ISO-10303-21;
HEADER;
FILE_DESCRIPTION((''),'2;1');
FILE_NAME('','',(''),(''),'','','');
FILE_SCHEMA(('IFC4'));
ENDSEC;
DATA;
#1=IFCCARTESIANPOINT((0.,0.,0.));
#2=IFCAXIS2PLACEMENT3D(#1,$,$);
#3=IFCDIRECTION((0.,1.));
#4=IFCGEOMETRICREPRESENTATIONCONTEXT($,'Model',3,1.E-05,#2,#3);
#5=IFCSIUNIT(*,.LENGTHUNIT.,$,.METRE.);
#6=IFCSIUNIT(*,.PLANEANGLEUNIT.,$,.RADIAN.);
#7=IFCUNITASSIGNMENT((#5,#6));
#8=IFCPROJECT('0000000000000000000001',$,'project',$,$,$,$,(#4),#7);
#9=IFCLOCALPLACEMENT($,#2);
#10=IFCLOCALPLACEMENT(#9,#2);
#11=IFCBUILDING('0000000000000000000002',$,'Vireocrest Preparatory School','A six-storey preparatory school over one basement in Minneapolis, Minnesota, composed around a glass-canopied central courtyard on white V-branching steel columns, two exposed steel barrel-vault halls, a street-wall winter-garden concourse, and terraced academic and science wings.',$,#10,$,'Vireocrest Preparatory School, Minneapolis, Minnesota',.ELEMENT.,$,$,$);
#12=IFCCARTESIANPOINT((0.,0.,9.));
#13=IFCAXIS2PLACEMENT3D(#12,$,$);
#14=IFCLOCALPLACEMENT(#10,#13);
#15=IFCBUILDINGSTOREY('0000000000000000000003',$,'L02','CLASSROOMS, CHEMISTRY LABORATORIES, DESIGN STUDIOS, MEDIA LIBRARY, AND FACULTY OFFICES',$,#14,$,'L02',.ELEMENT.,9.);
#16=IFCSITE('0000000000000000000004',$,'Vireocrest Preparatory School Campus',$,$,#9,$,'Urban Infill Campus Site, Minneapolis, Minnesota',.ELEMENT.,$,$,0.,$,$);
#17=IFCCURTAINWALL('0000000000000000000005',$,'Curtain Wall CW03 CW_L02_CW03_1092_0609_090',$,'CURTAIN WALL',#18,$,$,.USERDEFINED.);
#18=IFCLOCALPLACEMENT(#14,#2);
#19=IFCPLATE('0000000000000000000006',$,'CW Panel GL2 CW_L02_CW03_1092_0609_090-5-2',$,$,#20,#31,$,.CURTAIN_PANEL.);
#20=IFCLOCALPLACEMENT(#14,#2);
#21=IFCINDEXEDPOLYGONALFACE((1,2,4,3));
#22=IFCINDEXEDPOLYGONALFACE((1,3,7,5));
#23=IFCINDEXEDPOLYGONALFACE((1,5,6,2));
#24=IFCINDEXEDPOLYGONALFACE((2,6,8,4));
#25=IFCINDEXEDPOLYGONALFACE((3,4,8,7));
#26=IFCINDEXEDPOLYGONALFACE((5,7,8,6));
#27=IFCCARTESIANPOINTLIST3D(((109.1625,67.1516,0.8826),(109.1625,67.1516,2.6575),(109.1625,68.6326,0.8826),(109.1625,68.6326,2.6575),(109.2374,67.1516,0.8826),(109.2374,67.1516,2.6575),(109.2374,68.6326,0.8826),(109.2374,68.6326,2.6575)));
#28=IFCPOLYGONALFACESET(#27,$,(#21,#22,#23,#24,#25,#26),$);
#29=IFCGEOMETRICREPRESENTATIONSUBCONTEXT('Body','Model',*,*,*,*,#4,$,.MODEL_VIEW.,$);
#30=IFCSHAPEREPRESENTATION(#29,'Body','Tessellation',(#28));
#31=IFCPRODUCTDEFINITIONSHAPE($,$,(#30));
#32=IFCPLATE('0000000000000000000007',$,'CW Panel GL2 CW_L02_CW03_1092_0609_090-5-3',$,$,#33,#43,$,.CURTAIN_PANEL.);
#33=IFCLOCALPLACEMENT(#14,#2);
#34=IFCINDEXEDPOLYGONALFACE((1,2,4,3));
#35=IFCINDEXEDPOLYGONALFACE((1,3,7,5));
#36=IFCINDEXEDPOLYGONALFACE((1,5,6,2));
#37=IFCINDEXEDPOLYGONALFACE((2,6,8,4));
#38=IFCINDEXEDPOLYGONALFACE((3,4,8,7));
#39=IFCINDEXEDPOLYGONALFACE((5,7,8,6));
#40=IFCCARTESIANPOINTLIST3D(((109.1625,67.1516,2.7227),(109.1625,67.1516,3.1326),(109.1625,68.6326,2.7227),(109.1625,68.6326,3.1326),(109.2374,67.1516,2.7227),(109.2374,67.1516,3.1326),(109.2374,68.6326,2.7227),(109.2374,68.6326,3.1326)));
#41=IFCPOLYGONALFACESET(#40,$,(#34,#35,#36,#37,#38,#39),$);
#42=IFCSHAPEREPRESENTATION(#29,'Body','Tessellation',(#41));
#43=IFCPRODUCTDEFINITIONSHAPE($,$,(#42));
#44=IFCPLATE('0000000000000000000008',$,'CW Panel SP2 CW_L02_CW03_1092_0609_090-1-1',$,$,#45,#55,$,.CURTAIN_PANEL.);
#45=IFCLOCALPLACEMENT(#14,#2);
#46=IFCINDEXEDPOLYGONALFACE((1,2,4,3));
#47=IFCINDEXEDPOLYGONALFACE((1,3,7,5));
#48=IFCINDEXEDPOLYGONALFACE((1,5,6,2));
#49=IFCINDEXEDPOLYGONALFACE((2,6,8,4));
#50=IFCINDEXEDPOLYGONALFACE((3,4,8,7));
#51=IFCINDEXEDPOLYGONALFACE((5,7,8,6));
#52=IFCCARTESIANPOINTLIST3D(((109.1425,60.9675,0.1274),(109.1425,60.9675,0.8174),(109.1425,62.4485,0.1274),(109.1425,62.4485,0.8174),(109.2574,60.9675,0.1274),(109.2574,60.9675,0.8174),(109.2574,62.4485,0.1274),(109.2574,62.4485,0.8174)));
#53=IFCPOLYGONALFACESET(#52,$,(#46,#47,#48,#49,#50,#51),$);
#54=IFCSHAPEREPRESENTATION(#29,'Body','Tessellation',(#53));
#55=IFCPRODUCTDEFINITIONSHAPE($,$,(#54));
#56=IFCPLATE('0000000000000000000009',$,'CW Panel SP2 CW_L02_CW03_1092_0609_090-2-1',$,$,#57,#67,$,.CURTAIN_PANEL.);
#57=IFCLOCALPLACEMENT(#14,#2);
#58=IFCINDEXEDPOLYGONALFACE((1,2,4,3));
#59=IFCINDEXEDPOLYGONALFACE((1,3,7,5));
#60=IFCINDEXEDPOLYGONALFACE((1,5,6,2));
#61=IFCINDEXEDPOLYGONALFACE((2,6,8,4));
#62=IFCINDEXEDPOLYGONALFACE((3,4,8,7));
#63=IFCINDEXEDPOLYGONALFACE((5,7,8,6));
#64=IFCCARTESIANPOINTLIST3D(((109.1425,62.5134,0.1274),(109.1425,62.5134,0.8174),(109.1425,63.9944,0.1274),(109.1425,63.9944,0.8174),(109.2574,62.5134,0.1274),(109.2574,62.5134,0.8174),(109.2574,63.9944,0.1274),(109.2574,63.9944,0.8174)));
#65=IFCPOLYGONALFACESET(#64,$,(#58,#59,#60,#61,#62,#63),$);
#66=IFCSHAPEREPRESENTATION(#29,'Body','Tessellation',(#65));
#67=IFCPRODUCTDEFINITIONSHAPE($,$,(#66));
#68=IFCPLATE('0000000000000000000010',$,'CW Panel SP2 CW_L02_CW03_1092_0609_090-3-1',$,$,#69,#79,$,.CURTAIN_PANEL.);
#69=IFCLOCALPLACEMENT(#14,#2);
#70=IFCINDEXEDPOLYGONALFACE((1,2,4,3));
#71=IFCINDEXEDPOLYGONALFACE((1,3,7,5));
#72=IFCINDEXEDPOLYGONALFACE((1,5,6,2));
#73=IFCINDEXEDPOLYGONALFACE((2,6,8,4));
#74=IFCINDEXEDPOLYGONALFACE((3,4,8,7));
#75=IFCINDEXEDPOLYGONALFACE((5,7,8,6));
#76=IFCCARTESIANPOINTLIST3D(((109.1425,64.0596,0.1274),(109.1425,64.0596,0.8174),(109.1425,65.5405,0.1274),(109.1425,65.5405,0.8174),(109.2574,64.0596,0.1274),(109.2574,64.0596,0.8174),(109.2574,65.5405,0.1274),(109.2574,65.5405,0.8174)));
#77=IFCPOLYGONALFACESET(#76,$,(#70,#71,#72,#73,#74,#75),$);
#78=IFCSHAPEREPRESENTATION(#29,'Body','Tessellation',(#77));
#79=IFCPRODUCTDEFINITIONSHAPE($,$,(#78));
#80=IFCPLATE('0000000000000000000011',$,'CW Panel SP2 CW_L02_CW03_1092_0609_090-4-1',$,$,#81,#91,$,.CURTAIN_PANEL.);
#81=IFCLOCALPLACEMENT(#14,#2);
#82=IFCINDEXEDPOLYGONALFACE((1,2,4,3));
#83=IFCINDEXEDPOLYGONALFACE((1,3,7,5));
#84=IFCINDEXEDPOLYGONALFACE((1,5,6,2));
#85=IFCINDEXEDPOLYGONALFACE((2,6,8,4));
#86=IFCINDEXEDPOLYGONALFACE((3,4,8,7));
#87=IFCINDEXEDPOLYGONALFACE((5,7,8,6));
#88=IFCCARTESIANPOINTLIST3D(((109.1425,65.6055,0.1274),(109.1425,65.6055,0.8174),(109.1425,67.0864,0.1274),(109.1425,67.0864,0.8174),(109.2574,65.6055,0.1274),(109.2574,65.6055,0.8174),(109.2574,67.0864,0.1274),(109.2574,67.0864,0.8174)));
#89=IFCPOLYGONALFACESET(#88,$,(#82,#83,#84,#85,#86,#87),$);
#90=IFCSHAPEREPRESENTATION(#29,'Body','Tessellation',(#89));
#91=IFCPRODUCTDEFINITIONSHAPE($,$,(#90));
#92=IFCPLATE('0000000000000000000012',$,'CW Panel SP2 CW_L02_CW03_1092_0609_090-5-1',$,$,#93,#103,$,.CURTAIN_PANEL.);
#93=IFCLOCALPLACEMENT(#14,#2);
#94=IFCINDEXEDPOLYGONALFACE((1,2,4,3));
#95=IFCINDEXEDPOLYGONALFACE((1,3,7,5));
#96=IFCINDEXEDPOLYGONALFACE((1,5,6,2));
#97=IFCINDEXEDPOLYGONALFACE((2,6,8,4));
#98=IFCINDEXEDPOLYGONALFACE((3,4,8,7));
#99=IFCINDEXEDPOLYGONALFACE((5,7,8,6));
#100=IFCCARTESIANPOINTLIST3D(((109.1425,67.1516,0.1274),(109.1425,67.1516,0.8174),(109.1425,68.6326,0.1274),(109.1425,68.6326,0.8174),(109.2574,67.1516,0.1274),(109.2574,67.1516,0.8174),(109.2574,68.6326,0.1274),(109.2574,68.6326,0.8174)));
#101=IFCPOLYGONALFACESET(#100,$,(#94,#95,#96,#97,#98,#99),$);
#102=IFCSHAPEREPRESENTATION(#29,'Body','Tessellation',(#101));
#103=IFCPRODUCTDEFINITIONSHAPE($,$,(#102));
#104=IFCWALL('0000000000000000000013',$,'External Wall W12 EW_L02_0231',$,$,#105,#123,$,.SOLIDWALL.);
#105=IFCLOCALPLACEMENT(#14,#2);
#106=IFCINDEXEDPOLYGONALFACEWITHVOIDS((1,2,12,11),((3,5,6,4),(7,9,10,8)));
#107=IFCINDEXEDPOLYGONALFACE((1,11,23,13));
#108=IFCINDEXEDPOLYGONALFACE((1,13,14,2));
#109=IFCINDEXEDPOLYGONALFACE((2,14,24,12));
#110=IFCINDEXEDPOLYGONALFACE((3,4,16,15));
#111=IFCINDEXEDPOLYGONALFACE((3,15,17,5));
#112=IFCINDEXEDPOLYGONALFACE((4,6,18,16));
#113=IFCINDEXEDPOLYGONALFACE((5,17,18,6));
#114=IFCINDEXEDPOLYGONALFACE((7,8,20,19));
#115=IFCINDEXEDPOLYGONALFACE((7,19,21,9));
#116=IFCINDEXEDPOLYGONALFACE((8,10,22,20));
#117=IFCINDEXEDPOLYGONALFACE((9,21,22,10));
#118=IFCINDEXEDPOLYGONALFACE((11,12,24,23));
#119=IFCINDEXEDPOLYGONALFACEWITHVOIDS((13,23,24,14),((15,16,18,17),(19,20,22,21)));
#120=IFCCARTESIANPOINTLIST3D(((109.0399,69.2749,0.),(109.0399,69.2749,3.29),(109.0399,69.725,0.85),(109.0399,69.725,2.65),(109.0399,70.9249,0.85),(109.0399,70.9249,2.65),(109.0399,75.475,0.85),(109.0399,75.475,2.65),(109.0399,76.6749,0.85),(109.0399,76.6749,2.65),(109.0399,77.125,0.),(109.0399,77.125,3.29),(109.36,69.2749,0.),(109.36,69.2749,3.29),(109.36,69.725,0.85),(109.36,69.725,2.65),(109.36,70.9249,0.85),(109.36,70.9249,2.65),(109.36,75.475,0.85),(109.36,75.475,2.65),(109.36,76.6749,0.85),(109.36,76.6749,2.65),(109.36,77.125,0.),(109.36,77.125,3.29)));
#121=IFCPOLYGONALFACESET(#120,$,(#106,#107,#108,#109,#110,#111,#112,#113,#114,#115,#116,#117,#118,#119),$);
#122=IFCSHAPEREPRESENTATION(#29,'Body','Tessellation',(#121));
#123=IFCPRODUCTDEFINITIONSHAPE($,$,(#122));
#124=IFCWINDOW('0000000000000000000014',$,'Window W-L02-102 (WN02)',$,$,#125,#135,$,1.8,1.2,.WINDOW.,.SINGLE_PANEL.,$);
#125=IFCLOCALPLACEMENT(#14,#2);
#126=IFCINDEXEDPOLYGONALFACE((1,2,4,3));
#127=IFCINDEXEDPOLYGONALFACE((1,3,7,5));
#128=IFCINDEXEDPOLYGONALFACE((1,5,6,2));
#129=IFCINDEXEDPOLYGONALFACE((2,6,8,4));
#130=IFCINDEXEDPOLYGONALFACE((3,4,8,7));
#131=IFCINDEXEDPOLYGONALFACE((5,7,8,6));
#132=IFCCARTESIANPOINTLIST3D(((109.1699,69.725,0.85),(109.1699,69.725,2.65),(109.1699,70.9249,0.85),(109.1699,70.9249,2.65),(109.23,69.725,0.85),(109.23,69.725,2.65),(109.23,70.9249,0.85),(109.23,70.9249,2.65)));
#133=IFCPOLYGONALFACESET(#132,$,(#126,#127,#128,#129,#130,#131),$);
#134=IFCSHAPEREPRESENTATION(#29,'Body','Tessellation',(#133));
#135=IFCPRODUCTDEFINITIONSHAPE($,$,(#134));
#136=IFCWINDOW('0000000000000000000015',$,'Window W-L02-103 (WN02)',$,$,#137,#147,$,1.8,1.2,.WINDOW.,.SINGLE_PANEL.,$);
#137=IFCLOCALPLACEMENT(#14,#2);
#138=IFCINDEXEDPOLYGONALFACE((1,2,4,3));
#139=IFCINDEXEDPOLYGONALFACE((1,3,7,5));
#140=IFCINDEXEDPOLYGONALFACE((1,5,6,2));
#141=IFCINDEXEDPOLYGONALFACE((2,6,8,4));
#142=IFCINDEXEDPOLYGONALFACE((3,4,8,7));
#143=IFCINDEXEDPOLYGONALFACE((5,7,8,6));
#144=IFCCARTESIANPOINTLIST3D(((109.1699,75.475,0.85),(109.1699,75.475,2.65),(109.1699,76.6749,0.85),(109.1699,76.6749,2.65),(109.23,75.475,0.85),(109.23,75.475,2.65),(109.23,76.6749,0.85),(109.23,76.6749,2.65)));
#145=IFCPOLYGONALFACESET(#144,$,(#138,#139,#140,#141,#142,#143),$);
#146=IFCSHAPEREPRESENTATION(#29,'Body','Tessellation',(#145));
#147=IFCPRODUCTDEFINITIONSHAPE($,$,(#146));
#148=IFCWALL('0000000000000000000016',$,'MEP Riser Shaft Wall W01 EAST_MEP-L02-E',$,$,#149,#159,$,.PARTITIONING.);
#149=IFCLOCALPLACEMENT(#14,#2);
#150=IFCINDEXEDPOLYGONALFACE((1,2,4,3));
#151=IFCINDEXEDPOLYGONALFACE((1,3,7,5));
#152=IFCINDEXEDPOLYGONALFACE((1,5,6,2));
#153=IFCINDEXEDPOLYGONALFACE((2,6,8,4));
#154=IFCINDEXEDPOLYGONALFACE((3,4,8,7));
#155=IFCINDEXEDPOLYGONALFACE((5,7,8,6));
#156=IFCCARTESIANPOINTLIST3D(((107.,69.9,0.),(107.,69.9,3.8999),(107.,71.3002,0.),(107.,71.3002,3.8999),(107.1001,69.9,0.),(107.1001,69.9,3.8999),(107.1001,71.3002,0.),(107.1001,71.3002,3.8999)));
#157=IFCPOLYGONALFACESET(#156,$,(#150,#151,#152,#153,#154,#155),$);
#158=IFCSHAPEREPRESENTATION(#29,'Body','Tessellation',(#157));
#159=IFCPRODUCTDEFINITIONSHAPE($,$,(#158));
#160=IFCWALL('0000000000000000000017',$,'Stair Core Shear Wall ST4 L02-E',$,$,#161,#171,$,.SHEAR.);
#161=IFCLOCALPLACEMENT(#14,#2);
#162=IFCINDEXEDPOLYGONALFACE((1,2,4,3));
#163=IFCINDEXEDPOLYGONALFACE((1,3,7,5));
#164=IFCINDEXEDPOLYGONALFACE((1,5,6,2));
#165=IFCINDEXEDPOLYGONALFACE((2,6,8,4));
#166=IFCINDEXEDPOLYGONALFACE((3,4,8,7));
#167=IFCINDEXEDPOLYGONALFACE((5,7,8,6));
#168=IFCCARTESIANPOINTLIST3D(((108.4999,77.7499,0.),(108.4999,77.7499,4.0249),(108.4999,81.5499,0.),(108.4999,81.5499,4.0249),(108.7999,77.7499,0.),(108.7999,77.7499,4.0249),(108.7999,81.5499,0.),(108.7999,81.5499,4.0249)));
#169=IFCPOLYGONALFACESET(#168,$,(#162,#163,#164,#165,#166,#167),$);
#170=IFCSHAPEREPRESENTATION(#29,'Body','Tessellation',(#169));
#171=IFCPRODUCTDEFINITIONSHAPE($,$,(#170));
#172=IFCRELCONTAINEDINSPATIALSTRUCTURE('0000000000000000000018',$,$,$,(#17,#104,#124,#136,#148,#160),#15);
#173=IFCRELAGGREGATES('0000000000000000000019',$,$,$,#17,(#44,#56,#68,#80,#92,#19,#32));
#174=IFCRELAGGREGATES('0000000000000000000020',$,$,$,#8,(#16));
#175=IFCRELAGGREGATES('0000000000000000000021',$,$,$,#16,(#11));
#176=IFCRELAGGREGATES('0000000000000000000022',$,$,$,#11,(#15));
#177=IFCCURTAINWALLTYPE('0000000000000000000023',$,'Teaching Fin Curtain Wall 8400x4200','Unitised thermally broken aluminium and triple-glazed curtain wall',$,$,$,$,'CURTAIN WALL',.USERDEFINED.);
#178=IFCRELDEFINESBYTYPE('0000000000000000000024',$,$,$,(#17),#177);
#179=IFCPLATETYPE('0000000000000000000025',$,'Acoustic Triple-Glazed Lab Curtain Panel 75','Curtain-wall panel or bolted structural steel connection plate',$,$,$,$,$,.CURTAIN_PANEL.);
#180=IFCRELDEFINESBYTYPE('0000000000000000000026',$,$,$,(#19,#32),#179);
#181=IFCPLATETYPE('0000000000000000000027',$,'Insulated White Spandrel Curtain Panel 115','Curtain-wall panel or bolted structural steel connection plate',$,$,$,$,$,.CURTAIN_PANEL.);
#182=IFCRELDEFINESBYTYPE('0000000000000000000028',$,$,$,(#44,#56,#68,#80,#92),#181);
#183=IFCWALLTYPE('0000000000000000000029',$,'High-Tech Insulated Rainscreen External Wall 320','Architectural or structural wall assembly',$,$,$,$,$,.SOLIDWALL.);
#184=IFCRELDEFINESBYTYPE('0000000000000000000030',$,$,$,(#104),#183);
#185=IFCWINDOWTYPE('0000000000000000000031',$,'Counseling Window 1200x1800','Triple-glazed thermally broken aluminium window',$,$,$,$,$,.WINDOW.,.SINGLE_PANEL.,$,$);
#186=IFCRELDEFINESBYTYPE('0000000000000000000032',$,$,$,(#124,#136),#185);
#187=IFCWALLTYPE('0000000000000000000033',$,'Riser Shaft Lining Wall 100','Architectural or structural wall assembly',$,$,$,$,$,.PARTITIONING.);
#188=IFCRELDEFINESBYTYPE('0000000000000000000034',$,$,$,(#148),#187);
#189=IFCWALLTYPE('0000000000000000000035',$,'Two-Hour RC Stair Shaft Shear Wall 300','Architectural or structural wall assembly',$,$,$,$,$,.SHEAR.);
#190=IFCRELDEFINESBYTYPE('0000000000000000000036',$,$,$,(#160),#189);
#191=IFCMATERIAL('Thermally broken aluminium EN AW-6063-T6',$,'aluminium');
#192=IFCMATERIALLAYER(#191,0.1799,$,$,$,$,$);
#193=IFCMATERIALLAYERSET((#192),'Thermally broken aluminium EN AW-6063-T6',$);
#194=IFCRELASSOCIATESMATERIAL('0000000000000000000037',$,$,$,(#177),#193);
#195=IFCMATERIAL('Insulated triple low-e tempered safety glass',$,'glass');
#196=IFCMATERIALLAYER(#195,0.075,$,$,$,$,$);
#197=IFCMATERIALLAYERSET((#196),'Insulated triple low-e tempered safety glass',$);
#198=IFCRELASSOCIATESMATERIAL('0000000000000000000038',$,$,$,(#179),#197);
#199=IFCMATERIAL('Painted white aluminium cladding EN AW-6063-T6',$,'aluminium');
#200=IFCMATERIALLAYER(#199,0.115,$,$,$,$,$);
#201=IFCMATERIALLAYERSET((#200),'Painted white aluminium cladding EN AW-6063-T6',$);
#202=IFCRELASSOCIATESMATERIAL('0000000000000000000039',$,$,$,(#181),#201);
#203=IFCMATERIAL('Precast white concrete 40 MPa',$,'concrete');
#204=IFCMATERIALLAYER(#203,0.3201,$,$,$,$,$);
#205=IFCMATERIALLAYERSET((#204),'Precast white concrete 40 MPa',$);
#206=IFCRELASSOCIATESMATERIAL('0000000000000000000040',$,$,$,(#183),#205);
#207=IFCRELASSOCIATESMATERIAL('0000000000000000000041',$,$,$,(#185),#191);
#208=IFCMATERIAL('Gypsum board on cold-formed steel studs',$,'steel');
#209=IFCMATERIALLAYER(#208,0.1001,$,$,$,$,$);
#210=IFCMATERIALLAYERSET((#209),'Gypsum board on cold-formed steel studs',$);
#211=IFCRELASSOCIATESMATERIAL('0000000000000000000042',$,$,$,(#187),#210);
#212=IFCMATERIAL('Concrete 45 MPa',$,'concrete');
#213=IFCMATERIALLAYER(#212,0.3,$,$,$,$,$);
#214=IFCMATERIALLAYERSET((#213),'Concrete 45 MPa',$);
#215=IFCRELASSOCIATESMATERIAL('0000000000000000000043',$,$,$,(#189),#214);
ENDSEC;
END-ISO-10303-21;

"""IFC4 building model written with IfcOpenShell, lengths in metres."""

from ifc_helpers import new_model, si_unit, direction, frame, frame_2d, origin, origin_2d, place, context, subcontext, project, spatial, rectangle, extrude, material, layer, layer_set, type_object, element, fill, aggregate, save


model = new_model("IFC4")

# Units and contexts
model_context = context("Model", 3, precision=1e-05, world=origin(), true_north=direction((0.0, 1.0)))
body_context = subcontext(model_context, "Body", "Model", "MODEL_VIEW")
ifc_project = project(units=[si_unit("LENGTHUNIT", "METRE"), si_unit("PLANEANGLEUNIT", "RADIAN")], contexts=[model_context])

# Site, building, storey
site_placement = place(None, origin())
site = spatial("IfcSite", under=ifc_project, at=site_placement, Name="Vireocrest Preparatory School Campus", LongName="Urban Infill Campus Site, Minneapolis, Minnesota", CompositionType="ELEMENT", RefElevation=0.0)
building_placement = place(site_placement, origin())
building = spatial("IfcBuilding", under=site, at=building_placement, Name="Vireocrest Preparatory School", Description="A six-storey preparatory school over one basement in Minneapolis, Minnesota, composed around a glass-canopied central courtyard on white V-branching steel columns, two exposed steel barrel-vault halls, a street-wall winter-garden concourse, and terraced academic and science wings.", LongName="Vireocrest Preparatory School, Minneapolis, Minnesota", CompositionType="ELEMENT")
storey_placement = place(building_placement, frame((0.0, 0.0, 9.0)))
storey = spatial("IfcBuildingStorey", under=building, at=storey_placement, Name="L02", Description="CLASSROOMS, CHEMISTRY LABORATORIES, DESIGN STUDIOS, MEDIA LIBRARY, AND FACULTY OFFICES", LongName="L02", CompositionType="ELEMENT", Elevation=9.0)

# Shared definitions
ifc_material_1 = material(Name="Concrete 45 MPa", Category="concrete")

# Curtain wall
ifc_material_2 = material(Name="Thermally broken aluminium EN AW-6063-T6", Category="aluminium")
ifc_layer_1 = layer(ifc_material_2, 0.1799)
ifc_layer_set_1 = layer_set([ifc_layer_1], Name="Thermally broken aluminium EN AW-6063-T6")
curtain_wall_type = type_object("IfcCurtainWallType", Name="Teaching Fin Curtain Wall 8400x4200", Description="Unitised thermally broken aluminium and triple-glazed curtain wall", ElementType="CURTAIN WALL", PredefinedType="USERDEFINED", material=ifc_layer_set_1)
curtain_wall_1_placement = place(storey_placement, origin())
curtain_wall_1 = element("IfcCurtainWall", 1, at=curtain_wall_1_placement, inside=storey, type_object=curtain_wall_type, Name="Curtain Wall CW03 CW_L02_CW03_1092_0609_090", ObjectType="CURTAIN WALL", PredefinedType="USERDEFINED")

# Plates
ifc_material_3 = material(Name="Insulated triple low-e tempered safety glass", Category="glass")
ifc_layer_2 = layer(ifc_material_3, 0.075)
ifc_layer_set_2 = layer_set([ifc_layer_2], Name="Insulated triple low-e tempered safety glass")
plate_type_1 = type_object("IfcPlateType", Name="Acoustic Triple-Glazed Lab Curtain Panel 75", Description="Curtain-wall panel or bolted structural steel connection plate", PredefinedType="CURTAIN_PANEL", material=ifc_layer_set_2)
plate_1_placement = place(storey_placement, frame((109.2, 67.8921, 0.8826), z_axis=(0.0, 0.0, 1.0), x_axis=(0.0, 1.0, 0.0)))
plate_1 = element("IfcPlate", 2, at=plate_1_placement, type_object=plate_type_1, Name="CW Panel GL2 CW_L02_CW03_1092_0609_090-5-2", PredefinedType="CURTAIN_PANEL", context=body_context, shape_type="SweptSolid", body=[
    extrude(rectangle(XDim=1.481, YDim=0.075, at=origin_2d()), origin(), (0.0, 0.0, 1.0), 1.7749),
])
plate_2_placement = place(storey_placement, frame((109.2, 67.8921, 2.7227), z_axis=(0.0, 0.0, 1.0), x_axis=(0.0, 1.0, 0.0)))
plate_2 = element("IfcPlate", 3, at=plate_2_placement, type_object=plate_type_1, Name="CW Panel GL2 CW_L02_CW03_1092_0609_090-5-3", PredefinedType="CURTAIN_PANEL", context=body_context, shape_type="SweptSolid", body=[
    extrude(rectangle(XDim=1.481, YDim=0.075, at=origin_2d()), origin(), (0.0, 0.0, 1.0), 0.4099),
])
ifc_material_4 = material(Name="Painted white aluminium cladding EN AW-6063-T6", Category="aluminium")
ifc_layer_3 = layer(ifc_material_4, 0.115)
ifc_layer_set_3 = layer_set([ifc_layer_3], Name="Painted white aluminium cladding EN AW-6063-T6")
plate_type_2 = type_object("IfcPlateType", Name="Insulated White Spandrel Curtain Panel 115", Description="Curtain-wall panel or bolted structural steel connection plate", PredefinedType="CURTAIN_PANEL", material=ifc_layer_set_3)
plate_3_placement = place(storey_placement, frame((109.2, 61.708, 0.1274), z_axis=(0.0, 0.0, 1.0), x_axis=(0.0, 1.0, 0.0)))
plate_3 = element("IfcPlate", 4, at=plate_3_placement, type_object=plate_type_2, Name="CW Panel SP2 CW_L02_CW03_1092_0609_090-1-1", PredefinedType="CURTAIN_PANEL", context=body_context, shape_type="SweptSolid", body=[
    extrude(rectangle(XDim=1.481, YDim=0.115, at=origin_2d()), origin(), (0.0, 0.0, 1.0), 0.6899),
])
plate_4_placement = place(storey_placement, frame((109.2, 63.2539, 0.1274), z_axis=(0.0, 0.0, 1.0), x_axis=(0.0, 1.0, 0.0)))
plate_4 = element("IfcPlate", 5, at=plate_4_placement, type_object=plate_type_2, Name="CW Panel SP2 CW_L02_CW03_1092_0609_090-2-1", PredefinedType="CURTAIN_PANEL", context=body_context, shape_type="SweptSolid", body=[
    extrude(rectangle(XDim=1.481, YDim=0.115, at=origin_2d()), origin(), (0.0, 0.0, 1.0), 0.6899),
])
plate_5_placement = place(storey_placement, frame((109.2, 64.8, 0.1274), z_axis=(0.0, 0.0, 1.0), x_axis=(0.0, 1.0, 0.0)))
plate_5 = element("IfcPlate", 6, at=plate_5_placement, type_object=plate_type_2, Name="CW Panel SP2 CW_L02_CW03_1092_0609_090-3-1", PredefinedType="CURTAIN_PANEL", context=body_context, shape_type="SweptSolid", body=[
    extrude(rectangle(XDim=1.481, YDim=0.115, at=origin_2d()), origin(), (0.0, 0.0, 1.0), 0.6899),
])
plate_6_placement = place(storey_placement, frame((109.2, 66.3459, 0.1274), z_axis=(0.0, 0.0, 1.0), x_axis=(0.0, 1.0, 0.0)))
plate_6 = element("IfcPlate", 7, at=plate_6_placement, type_object=plate_type_2, Name="CW Panel SP2 CW_L02_CW03_1092_0609_090-4-1", PredefinedType="CURTAIN_PANEL", context=body_context, shape_type="SweptSolid", body=[
    extrude(rectangle(XDim=1.481, YDim=0.115, at=origin_2d()), origin(), (0.0, 0.0, 1.0), 0.6899),
])
plate_7_placement = place(storey_placement, frame((109.2, 67.8921, 0.1274), z_axis=(0.0, 0.0, 1.0), x_axis=(0.0, 1.0, 0.0)))
plate_7 = element("IfcPlate", 8, at=plate_7_placement, type_object=plate_type_2, Name="CW Panel SP2 CW_L02_CW03_1092_0609_090-5-1", PredefinedType="CURTAIN_PANEL", context=body_context, shape_type="SweptSolid", body=[
    extrude(rectangle(XDim=1.481, YDim=0.115, at=origin_2d()), origin(), (0.0, 0.0, 1.0), 0.6899),
])
aggregate(curtain_wall_1, [plate_3, plate_4, plate_5, plate_6, plate_7, plate_1, plate_2])

# Wall, openings, windows
ifc_material_5 = material(Name="Precast white concrete 40 MPa", Category="concrete")
ifc_layer_4 = layer(ifc_material_5, 0.3201)
ifc_layer_set_4 = layer_set([ifc_layer_4], Name="Precast white concrete 40 MPa")
wall_type_1 = type_object("IfcWallType", Name="High-Tech Insulated Rainscreen External Wall 320", Description="Architectural or structural wall assembly", PredefinedType="SOLIDWALL", material=ifc_layer_set_4)
wall_1_placement = place(storey_placement, frame((109.2, 69.2749, 0.0), z_axis=(0.0, 0.0, 1.0), x_axis=(0.0, 1.0, 0.0)))
wall_1 = element("IfcWall", 9, at=wall_1_placement, inside=storey, type_object=wall_type_1, Name="External Wall W12 EW_L02_0231", PredefinedType="SOLIDWALL", context=body_context, shape_type="SweptSolid", body=[
    extrude(rectangle(XDim=7.8501, YDim=0.3201, at=frame_2d((3.925, 0.0))), origin(), (0.0, 0.0, 1.0), 3.29),
])
opening_1_placement = place(wall_1_placement, frame((0.45, 0.0, 0.8501)))
opening_1 = element("IfcOpeningElement", 10, at=opening_1_placement, cuts=wall_1, PredefinedType="OPENING", context=body_context, shape_type="SweptSolid", body=[
    extrude(rectangle(XDim=1.2, YDim=1.8, at=frame_2d((0.6001, 0.8999))), frame((0.0, 0.1699, 0.0), z_axis=(0.0, -1.0, 0.0), x_axis=(1.0, 0.0, 0.0)), (0.0, 0.0, 1.0), 0.3401),
])
opening_2_placement = place(wall_1_placement, frame((6.2, 0.0, 0.8501)))
opening_2 = element("IfcOpeningElement", 11, at=opening_2_placement, cuts=wall_1, PredefinedType="OPENING", context=body_context, shape_type="SweptSolid", body=[
    extrude(rectangle(XDim=1.2, YDim=1.8, at=frame_2d((0.6001, 0.8999))), frame((0.0, 0.1699, 0.0), z_axis=(0.0, -1.0, 0.0), x_axis=(1.0, 0.0, 0.0)), (0.0, 0.0, 1.0), 0.3401),
])
window_type = type_object("IfcWindowType", Name="Counseling Window 1200x1800", Description="Triple-glazed thermally broken aluminium window", PartitioningType="SINGLE_PANEL", PredefinedType="WINDOW", material=ifc_material_2)
window_1_placement = place(opening_1_placement, origin())
window_1 = element("IfcWindow", 12, at=window_1_placement, inside=storey, type_object=window_type, Name="Window W-L02-102 (WN02)", OverallHeight=1.8, OverallWidth=1.2, PartitioningType="SINGLE_PANEL", PredefinedType="WINDOW", context=body_context, shape_type="SweptSolid", body=[
    extrude(rectangle(XDim=1.2, YDim=1.8, at=frame_2d((0.6001, 0.8999))), frame((0.0, 0.03, 0.0), z_axis=(0.0, -1.0, 0.0), x_axis=(1.0, 0.0, 0.0)), (0.0, 0.0, 1.0), 0.0601),
])
fill(opening_1, window_1)
window_2_placement = place(opening_2_placement, origin())
window_2 = element("IfcWindow", 13, at=window_2_placement, inside=storey, type_object=window_type, Name="Window W-L02-103 (WN02)", OverallHeight=1.8, OverallWidth=1.2, PartitioningType="SINGLE_PANEL", PredefinedType="WINDOW", context=body_context, shape_type="SweptSolid", body=[
    extrude(rectangle(XDim=1.2, YDim=1.8, at=frame_2d((0.6001, 0.8999))), frame((0.0, 0.03, 0.0), z_axis=(0.0, -1.0, 0.0), x_axis=(1.0, 0.0, 0.0)), (0.0, 0.0, 1.0), 0.0601),
])
fill(opening_2, window_2)

# Walls
ifc_material_6 = material(Name="Gypsum board on cold-formed steel studs", Category="steel")
ifc_layer_5 = layer(ifc_material_6, 0.1001)
ifc_layer_set_5 = layer_set([ifc_layer_5], Name="Gypsum board on cold-formed steel studs")
wall_type_2 = type_object("IfcWallType", Name="Riser Shaft Lining Wall 100", Description="Architectural or structural wall assembly", PredefinedType="PARTITIONING", material=ifc_layer_set_5)
wall_2_placement = place(storey_placement, frame((107.05, 69.8999, 0.0), z_axis=(0.0, 0.0, 1.0), x_axis=(0.0, 1.0, 0.0)))
element("IfcWall", 14, at=wall_2_placement, inside=storey, type_object=wall_type_2, Name="MEP Riser Shaft Wall W01 EAST_MEP-L02-E", PredefinedType="PARTITIONING", context=body_context, shape_type="SweptSolid", body=[
    extrude(rectangle(XDim=1.4001, YDim=0.1001, at=frame_2d((0.7002, 0.0))), origin(), (0.0, 0.0, 1.0), 3.8999),
])
ifc_layer_6 = layer(ifc_material_1, 0.3)
ifc_layer_set_6 = layer_set([ifc_layer_6], Name="Concrete 45 MPa")
wall_type_3 = type_object("IfcWallType", Name="Two-Hour RC Stair Shaft Shear Wall 300", Description="Architectural or structural wall assembly", PredefinedType="SHEAR", material=ifc_layer_set_6)
wall_3_placement = place(storey_placement, frame((108.6499, 77.75, 0.0), z_axis=(0.0, 0.0, 1.0), x_axis=(0.0, 1.0, 0.0)))
element("IfcWall", 15, at=wall_3_placement, inside=storey, type_object=wall_type_3, Name="Stair Core Shear Wall ST4 L02-E", PredefinedType="SHEAR", context=body_context, shape_type="SweptSolid", body=[
    extrude(rectangle(XDim=3.8, YDim=0.3, at=frame_2d((1.8999, 0.0))), origin(), (0.0, 0.0, 1.0), 4.0249),
])

save(model, "model.ifc")
